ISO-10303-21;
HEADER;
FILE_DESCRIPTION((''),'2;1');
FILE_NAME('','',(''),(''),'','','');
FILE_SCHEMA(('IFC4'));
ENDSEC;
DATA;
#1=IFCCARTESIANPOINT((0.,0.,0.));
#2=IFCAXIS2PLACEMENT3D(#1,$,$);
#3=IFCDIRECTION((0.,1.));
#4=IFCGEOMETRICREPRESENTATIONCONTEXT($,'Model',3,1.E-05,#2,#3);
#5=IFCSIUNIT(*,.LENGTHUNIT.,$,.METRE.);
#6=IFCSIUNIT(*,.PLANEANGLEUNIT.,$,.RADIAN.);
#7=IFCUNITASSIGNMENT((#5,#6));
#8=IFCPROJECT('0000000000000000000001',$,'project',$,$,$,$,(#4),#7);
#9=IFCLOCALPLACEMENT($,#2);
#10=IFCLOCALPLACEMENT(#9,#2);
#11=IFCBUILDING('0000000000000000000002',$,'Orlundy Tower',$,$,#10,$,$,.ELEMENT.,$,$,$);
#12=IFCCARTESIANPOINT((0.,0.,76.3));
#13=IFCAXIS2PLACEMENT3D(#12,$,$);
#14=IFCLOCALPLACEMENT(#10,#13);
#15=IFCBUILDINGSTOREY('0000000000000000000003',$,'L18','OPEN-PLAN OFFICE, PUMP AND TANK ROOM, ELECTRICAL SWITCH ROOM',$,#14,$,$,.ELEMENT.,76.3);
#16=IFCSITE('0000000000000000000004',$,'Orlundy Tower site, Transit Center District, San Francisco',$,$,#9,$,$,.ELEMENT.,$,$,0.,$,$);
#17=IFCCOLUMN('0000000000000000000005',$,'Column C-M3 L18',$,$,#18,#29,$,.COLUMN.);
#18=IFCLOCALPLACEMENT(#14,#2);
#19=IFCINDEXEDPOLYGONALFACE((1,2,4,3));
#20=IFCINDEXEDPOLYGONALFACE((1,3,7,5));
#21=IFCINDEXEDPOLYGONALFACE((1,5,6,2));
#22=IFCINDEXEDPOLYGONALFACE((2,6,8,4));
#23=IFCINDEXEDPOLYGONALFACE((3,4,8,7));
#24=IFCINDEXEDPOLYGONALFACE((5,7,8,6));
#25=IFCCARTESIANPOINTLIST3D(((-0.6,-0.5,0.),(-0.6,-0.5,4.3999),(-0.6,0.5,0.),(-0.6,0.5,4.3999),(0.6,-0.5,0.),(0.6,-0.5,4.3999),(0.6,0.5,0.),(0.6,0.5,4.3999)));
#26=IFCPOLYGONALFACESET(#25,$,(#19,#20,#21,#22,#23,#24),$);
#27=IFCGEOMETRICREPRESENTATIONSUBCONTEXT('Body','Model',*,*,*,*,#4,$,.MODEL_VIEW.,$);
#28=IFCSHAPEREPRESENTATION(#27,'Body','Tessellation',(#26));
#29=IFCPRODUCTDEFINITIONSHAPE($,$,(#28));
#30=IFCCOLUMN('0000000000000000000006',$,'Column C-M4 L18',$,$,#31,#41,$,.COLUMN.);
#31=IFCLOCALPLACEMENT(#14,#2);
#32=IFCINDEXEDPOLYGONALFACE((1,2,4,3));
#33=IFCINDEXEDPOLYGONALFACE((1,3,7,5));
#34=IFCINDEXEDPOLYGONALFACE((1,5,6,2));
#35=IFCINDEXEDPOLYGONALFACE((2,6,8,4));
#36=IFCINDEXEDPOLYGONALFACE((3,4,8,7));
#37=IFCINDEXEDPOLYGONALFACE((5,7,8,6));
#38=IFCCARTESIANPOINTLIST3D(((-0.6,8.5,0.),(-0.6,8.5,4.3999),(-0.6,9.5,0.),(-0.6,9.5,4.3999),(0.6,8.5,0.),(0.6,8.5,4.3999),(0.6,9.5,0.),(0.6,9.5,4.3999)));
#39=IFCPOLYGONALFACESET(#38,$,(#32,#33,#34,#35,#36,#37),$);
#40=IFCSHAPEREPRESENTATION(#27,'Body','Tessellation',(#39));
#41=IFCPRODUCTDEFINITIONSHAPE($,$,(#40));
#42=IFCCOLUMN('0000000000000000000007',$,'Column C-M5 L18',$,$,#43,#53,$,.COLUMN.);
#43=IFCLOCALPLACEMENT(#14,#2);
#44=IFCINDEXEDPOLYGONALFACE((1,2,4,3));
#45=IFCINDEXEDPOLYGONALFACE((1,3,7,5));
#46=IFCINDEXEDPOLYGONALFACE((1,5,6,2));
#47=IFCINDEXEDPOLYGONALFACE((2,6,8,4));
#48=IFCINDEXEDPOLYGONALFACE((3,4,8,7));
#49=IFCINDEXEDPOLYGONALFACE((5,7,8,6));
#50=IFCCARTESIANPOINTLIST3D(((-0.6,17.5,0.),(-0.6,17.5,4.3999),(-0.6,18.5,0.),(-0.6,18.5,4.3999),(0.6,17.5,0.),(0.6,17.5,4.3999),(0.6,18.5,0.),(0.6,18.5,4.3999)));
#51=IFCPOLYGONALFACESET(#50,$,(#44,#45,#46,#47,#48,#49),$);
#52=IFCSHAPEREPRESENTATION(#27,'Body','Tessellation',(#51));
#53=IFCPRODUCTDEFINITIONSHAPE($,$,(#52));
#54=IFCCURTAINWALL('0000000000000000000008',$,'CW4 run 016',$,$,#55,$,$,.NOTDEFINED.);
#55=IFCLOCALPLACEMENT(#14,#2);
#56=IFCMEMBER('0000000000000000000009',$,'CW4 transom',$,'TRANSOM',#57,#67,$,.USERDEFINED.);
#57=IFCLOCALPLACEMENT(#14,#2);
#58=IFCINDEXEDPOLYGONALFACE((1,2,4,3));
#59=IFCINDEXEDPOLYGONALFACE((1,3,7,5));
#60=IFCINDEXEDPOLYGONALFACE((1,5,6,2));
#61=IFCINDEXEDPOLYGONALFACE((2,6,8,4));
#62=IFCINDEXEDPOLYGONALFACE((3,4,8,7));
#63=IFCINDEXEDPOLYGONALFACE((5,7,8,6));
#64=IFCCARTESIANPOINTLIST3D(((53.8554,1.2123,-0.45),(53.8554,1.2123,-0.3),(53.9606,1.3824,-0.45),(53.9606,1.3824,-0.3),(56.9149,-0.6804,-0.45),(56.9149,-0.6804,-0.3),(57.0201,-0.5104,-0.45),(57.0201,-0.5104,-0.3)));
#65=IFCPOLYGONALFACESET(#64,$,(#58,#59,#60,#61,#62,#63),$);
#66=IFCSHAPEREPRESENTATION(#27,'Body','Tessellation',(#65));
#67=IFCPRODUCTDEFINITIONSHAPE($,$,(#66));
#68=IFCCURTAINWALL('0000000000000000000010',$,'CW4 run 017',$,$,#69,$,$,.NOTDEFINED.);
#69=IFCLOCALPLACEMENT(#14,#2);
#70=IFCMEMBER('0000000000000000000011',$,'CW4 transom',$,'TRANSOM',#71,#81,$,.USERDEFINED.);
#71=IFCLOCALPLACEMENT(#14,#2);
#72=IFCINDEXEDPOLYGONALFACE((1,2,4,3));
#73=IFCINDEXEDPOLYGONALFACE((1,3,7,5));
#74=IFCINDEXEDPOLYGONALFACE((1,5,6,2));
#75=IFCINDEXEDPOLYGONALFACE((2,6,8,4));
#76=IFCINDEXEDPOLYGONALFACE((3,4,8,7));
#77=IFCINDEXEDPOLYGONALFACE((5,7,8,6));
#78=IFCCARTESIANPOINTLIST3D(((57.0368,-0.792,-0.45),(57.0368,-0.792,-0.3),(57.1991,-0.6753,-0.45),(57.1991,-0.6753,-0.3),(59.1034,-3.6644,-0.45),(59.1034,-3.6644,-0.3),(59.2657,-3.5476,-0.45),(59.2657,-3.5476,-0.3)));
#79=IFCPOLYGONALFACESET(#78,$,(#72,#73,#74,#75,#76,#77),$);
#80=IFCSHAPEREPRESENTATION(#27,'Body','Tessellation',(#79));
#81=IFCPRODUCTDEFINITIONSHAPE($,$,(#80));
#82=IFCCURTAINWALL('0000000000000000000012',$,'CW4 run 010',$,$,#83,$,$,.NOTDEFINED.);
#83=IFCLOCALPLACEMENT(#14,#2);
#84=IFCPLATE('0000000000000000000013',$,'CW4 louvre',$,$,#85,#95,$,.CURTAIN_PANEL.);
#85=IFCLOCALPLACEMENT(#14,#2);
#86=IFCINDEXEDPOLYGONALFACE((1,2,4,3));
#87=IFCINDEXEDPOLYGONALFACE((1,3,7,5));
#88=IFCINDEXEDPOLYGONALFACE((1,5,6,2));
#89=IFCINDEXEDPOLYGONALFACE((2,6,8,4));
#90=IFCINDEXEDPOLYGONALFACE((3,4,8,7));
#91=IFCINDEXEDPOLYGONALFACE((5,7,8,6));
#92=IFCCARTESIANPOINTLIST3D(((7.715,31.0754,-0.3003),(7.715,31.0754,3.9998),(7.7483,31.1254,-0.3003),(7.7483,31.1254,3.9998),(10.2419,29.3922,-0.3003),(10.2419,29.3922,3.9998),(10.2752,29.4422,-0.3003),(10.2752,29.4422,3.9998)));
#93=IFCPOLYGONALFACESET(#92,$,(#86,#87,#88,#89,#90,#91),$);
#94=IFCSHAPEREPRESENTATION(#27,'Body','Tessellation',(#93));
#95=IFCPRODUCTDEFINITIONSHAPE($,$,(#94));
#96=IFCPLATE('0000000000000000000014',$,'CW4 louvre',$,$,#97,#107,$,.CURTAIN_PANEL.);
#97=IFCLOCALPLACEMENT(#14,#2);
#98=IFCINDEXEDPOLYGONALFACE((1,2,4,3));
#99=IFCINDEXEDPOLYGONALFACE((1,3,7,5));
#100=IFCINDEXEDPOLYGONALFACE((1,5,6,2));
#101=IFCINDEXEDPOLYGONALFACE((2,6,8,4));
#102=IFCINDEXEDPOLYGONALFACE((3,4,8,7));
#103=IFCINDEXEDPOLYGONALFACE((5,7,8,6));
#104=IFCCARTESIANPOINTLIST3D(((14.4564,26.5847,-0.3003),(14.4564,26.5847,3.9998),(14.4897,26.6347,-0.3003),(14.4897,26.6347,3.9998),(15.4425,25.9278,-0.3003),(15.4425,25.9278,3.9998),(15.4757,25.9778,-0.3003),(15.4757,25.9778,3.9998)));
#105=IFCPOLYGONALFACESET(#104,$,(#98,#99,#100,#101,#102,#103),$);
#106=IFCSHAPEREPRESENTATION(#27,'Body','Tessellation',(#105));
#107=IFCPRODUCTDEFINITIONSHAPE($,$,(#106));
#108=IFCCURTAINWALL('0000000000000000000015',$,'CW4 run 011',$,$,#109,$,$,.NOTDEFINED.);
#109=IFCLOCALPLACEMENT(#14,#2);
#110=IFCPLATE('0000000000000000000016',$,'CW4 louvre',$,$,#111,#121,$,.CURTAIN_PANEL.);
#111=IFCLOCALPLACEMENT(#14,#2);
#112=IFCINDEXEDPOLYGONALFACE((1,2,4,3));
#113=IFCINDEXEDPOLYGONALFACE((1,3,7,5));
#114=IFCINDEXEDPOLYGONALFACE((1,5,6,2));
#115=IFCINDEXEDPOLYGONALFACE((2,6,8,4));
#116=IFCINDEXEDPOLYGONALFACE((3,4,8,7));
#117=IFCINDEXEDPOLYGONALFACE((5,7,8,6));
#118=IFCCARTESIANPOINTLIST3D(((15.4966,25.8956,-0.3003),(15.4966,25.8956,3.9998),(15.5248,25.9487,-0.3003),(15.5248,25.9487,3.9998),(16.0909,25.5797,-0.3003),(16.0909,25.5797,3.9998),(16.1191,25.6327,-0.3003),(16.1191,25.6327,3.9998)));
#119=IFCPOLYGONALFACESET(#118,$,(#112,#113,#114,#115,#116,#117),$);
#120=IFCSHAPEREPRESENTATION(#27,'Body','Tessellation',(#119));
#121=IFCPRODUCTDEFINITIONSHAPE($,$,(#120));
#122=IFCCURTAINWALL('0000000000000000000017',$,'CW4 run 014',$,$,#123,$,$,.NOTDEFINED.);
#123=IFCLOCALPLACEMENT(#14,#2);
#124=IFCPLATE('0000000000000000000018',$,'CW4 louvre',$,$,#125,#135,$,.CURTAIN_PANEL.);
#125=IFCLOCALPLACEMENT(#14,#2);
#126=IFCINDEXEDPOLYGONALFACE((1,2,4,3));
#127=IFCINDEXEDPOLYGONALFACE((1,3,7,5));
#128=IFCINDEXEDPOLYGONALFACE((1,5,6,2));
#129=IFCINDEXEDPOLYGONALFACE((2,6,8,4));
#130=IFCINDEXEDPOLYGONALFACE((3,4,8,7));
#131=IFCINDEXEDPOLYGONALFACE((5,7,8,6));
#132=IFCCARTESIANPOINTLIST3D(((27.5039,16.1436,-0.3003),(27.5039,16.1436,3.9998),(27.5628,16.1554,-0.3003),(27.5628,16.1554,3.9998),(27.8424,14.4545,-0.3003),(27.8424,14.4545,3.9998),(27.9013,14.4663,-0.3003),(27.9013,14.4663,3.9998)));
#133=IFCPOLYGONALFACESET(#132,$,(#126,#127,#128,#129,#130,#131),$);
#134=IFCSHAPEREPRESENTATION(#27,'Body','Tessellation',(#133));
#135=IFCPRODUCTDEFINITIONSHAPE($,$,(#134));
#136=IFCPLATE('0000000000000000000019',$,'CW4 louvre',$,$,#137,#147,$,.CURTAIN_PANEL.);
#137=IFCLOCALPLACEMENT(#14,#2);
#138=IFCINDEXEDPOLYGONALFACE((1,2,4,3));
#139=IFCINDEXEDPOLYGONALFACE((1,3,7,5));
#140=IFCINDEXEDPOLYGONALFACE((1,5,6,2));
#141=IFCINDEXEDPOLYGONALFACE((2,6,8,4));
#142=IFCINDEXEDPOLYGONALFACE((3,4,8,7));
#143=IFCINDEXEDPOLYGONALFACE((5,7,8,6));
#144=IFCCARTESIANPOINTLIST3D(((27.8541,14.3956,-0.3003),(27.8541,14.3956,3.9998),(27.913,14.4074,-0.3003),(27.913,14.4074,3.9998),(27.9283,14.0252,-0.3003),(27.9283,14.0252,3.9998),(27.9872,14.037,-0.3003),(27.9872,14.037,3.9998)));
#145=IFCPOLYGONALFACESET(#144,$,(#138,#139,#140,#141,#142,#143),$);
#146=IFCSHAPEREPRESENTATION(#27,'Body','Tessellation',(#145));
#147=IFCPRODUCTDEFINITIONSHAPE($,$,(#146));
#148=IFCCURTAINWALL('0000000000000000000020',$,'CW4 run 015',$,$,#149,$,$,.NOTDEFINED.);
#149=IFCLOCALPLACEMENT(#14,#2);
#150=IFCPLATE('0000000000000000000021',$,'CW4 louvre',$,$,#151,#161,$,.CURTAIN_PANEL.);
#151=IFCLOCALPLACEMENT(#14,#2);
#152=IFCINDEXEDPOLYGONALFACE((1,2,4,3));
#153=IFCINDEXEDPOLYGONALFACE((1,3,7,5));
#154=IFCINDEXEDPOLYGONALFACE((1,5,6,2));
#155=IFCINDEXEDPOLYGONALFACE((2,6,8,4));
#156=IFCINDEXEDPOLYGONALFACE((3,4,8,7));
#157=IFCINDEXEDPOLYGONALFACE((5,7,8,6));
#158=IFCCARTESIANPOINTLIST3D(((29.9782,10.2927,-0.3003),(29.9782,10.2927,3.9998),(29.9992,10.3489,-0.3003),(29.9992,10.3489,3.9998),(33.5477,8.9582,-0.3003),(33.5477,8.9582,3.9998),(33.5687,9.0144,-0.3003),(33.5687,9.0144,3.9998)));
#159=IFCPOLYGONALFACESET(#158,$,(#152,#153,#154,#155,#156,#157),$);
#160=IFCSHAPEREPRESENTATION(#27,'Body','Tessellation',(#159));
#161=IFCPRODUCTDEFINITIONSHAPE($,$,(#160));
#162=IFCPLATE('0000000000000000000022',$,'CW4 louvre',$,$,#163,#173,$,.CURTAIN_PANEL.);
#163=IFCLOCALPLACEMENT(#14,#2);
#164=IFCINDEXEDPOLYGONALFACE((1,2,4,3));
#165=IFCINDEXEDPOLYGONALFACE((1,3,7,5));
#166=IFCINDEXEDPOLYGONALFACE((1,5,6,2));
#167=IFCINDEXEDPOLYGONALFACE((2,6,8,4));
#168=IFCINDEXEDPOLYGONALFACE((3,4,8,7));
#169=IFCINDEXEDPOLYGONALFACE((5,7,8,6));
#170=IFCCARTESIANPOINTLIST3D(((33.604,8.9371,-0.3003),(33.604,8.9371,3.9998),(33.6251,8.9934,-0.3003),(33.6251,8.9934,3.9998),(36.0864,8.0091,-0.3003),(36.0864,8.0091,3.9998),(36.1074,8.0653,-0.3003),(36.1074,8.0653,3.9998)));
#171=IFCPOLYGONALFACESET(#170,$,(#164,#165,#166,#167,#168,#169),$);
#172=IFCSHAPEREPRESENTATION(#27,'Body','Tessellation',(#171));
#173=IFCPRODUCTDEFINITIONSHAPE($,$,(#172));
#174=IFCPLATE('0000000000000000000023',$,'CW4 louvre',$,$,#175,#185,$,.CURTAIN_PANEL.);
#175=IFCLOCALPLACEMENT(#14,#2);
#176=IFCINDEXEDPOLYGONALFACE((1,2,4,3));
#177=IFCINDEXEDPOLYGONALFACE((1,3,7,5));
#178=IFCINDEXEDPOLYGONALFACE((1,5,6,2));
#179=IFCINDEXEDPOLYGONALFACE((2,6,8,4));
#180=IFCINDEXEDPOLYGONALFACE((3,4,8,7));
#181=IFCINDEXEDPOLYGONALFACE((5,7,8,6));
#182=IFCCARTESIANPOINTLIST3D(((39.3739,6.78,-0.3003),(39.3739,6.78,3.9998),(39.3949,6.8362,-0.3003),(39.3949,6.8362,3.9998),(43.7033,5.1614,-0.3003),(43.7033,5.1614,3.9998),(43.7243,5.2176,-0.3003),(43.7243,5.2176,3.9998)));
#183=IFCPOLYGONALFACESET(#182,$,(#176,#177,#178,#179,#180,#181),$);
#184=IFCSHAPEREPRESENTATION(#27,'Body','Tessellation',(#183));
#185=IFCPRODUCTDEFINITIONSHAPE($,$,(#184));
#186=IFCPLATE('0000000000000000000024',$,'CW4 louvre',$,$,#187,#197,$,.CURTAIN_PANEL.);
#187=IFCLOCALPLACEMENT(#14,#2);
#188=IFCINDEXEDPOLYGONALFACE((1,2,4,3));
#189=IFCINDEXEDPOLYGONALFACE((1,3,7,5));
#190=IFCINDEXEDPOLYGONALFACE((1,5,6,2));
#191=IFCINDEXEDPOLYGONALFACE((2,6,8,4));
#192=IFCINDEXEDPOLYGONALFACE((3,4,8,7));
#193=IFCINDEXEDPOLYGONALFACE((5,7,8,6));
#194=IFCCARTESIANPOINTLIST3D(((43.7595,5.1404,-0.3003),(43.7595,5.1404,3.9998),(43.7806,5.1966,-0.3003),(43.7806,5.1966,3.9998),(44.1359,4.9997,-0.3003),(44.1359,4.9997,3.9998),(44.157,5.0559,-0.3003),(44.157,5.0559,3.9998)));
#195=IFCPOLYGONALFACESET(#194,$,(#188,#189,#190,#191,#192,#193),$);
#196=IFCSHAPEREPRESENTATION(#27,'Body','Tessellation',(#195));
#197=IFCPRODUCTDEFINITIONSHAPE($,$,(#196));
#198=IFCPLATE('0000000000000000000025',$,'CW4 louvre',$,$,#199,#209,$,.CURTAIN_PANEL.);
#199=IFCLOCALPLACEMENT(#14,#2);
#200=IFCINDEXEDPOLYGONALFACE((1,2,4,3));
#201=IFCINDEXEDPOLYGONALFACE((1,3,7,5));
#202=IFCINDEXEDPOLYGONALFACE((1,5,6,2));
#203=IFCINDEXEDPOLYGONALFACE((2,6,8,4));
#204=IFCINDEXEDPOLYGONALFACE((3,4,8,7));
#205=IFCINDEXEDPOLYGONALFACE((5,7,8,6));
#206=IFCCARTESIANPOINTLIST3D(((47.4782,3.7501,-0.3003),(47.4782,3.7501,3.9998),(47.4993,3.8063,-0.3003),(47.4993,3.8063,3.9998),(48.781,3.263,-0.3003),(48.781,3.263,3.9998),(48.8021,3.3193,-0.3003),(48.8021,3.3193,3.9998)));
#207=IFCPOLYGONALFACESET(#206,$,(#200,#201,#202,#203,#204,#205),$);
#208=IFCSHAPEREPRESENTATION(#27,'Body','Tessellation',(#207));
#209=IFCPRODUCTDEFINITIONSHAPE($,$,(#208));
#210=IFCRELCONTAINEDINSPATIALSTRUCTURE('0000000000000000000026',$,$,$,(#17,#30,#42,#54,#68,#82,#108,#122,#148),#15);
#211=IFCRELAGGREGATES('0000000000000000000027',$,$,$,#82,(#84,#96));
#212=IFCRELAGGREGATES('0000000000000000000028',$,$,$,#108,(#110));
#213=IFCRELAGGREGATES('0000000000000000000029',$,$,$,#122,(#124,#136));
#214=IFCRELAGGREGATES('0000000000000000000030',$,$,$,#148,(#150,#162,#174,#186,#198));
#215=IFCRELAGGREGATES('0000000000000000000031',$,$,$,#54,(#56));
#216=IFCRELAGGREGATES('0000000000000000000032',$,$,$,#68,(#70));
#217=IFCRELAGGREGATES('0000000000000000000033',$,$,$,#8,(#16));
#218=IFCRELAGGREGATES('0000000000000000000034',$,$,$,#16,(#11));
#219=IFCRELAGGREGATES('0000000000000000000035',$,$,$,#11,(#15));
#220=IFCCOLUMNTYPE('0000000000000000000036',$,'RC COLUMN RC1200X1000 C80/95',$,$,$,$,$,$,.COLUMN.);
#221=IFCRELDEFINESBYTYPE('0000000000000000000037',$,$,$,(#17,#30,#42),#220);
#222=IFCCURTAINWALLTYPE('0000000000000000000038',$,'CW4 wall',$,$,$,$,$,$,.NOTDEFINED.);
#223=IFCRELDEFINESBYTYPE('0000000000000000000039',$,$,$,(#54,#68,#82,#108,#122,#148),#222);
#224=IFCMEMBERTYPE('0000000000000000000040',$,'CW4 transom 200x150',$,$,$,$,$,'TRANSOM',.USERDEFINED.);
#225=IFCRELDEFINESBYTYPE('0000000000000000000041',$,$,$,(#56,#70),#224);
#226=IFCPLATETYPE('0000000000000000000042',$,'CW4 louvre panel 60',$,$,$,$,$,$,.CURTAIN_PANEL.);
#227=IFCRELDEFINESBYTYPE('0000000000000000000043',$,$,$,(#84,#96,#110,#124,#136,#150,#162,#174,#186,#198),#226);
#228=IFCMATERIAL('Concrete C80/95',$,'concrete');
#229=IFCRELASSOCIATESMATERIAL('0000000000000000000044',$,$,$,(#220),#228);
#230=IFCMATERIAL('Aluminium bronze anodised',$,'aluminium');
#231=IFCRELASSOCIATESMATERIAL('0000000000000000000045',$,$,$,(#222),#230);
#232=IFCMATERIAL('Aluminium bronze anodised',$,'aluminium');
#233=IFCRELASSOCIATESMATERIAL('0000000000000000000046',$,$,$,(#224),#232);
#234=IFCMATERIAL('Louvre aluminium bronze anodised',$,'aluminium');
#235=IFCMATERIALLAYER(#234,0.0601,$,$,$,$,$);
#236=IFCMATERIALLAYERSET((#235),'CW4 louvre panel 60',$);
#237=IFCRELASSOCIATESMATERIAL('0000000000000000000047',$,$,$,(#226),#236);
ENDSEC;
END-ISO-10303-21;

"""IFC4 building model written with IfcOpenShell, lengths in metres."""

from ifc_helpers import new_model, si_unit, direction, frame, origin, origin_2d, place, context, subcontext, project, spatial, rectangle, extrude, material, layer, layer_set, material_profile, profile_set, type_object, element, aggregate, save


model = new_model("IFC4")

# Units and contexts
model_context = context("Model", 3, precision=1e-05, world=origin(), true_north=direction((0.0, 1.0)))
body_context = subcontext(model_context, "Body", "Model", "MODEL_VIEW")
ifc_project = project(units=[si_unit("LENGTHUNIT", "METRE"), si_unit("PLANEANGLEUNIT", "RADIAN")], contexts=[model_context])

# Site, building, storey
site_placement = place(None, origin())
site = spatial("IfcSite", under=ifc_project, at=site_placement, Name="Orlundy Tower site, Transit Center District, San Francisco", CompositionType="ELEMENT", RefElevation=0.0)
building_placement = place(site_placement, origin())
building = spatial("IfcBuilding", under=site, at=building_placement, Name="Orlundy Tower", CompositionType="ELEMENT")
storey_placement = place(building_placement, frame((0.0, 0.0, 76.3)))
storey = spatial("IfcBuildingStorey", under=building, at=storey_placement, Name="L18", Description="OPEN-PLAN OFFICE, PUMP AND TANK ROOM, ELECTRICAL SWITCH ROOM", CompositionType="ELEMENT", Elevation=76.3)

# Columns
ifc_material_1 = material(Name="Concrete C80/95", Category="concrete")
ifc_material_profile_1 = material_profile(ifc_material_1, rectangle(XDim=1.2, YDim=1.0, at=origin_2d()), Name="RC1200X1000")
ifc_profile_set_1 = profile_set([ifc_material_profile_1], Name="Concrete C80/95")
column_type = type_object("IfcColumnType", Name="RC COLUMN RC1200X1000 C80/95", PredefinedType="COLUMN", material=ifc_profile_set_1)
for number, where, z_axis, x_axis, name in (
    (1, (0.0, 0.0, 0.0), (0.0, 0.0, 1.0), (1.0, 0.0, 0.0), "Column C-M3 L18"),
    (2, (0.0, 9.0, 0.0), (0.0, 0.0, 1.0), (1.0, 0.0, 0.0), "Column C-M4 L18"),
    (3, (0.0, 18.0, 0.0), (0.0, 0.0, 1.0), (1.0, 0.0, 0.0), "Column C-M5 L18"),
):
    element("IfcColumn", number, at=place(storey_placement, frame(where, z_axis=z_axis, x_axis=x_axis)), inside=storey, type_object=column_type, Name=name, PredefinedType="COLUMN", context=body_context, shape_type="SweptSolid", body=[
        extrude(rectangle(XDim=1.2, YDim=1.0, at=origin_2d()), origin(), (0.0, 0.0, 1.0), 4.3999),
    ])

# Curtain walls, members
ifc_material_2 = material(Name="Aluminium bronze anodised", Category="aluminium")
curtain_wall_type = type_object("IfcCurtainWallType", Name="CW4 wall", PredefinedType="NOTDEFINED", material=ifc_material_2)
curtain_wall_1_placement = place(storey_placement, origin())
curtain_wall_1 = element("IfcCurtainWall", 4, at=curtain_wall_1_placement, inside=storey, type_object=curtain_wall_type, Name="CW4 run 016", PredefinedType="NOTDEFINED")
ifc_material_3 = material(Name="Aluminium bronze anodised", Category="aluminium")
ifc_material_profile_2 = material_profile(ifc_material_3, rectangle(XDim=0.2, YDim=0.1499, at=origin_2d()), Name="CW4 transom 200x150")
ifc_profile_set_2 = profile_set([ifc_material_profile_2], Name="Aluminium bronze anodised")
member_type = type_object("IfcMemberType", Name="CW4 transom 200x150", ElementType="TRANSOM", PredefinedType="USERDEFINED", material=ifc_profile_set_2)
member_1_placement = place(storey_placement, frame((53.908, 1.2974, -0.375), z_axis=(0.850414, -0.526114, 0.0), x_axis=(0.526114, 0.850414, 0.0)))
member_1 = element("IfcMember", 5, at=member_1_placement, type_object=member_type, Name="CW4 transom", ObjectType="TRANSOM", PredefinedType="USERDEFINED", context=body_context, shape_type="SweptSolid", body=[
    extrude(rectangle(XDim=0.2, YDim=0.1499, at=origin_2d()), origin(), (0.0, 0.0, 1.0), 3.5977),
])
curtain_wall_2_placement = place(storey_placement, origin())
curtain_wall_2 = element("IfcCurtainWall", 6, at=curtain_wall_2_placement, inside=storey, type_object=curtain_wall_type, Name="CW4 run 017", PredefinedType="NOTDEFINED")
member_2_placement = place(storey_placement, frame((57.1179, -0.7336, -0.375), z_axis=(0.584041, -0.811724, 0.0), x_axis=(0.811724, 0.584041, 0.0)))
member_2 = element("IfcMember", 7, at=member_2_placement, type_object=member_type, Name="CW4 transom", ObjectType="TRANSOM", PredefinedType="USERDEFINED", context=body_context, shape_type="SweptSolid", body=[
    extrude(rectangle(XDim=0.2, YDim=0.1499, at=origin_2d()), origin(), (0.0, 0.0, 1.0), 3.5386),
])

# Curtain wall, plates
curtain_wall_3_placement = place(storey_placement, origin())
curtain_wall_3 = element("IfcCurtainWall", 8, at=curtain_wall_3_placement, inside=storey, type_object=curtain_wall_type, Name="CW4 run 010", PredefinedType="NOTDEFINED")
ifc_material_4 = material(Name="Louvre aluminium bronze anodised", Category="aluminium")
ifc_layer_1 = layer(ifc_material_4, 0.0601)
ifc_layer_set_1 = layer_set([ifc_layer_1], Name="CW4 louvre panel 60")
plate_type = type_object("IfcPlateType", Name="CW4 louvre panel 60", PredefinedType="CURTAIN_PANEL", material=ifc_layer_set_1)
plate_1_placement = place(storey_placement, frame((8.9951, 30.2588, -0.3003), z_axis=(0.0, 0.0, 1.0), x_axis=(0.832261, -0.554384, 0.0)))
plate_1 = element("IfcPlate", 9, at=plate_1_placement, type_object=plate_type, Name="CW4 louvre", PredefinedType="CURTAIN_PANEL", context=body_context, shape_type="SweptSolid", body=[
    extrude(rectangle(XDim=3.0361, YDim=0.0601, at=origin_2d()), origin(), (0.0, 0.0, 1.0), 4.3),
])
plate_2_placement = place(storey_placement, frame((14.9661, 26.2812, -0.3003), z_axis=(0.0, 0.0, 1.0), x_axis=(0.832261, -0.554384, 0.0)))
plate_2 = element("IfcPlate", 10, at=plate_2_placement, type_object=plate_type, Name="CW4 louvre", PredefinedType="CURTAIN_PANEL", context=body_context, shape_type="SweptSolid", body=[
    extrude(rectangle(XDim=1.1848, YDim=0.0601, at=origin_2d()), origin(), (0.0, 0.0, 1.0), 4.3),
])
aggregate(curtain_wall_3, [plate_1, plate_2])

# Curtain wall, plate
curtain_wall_4_placement = place(storey_placement, origin())
curtain_wall_4 = element("IfcCurtainWall", 11, at=curtain_wall_4_placement, inside=storey, type_object=curtain_wall_type, Name="CW4 run 011", PredefinedType="NOTDEFINED")
plate_3_placement = place(storey_placement, frame((15.8079, 25.7642, -0.3003), z_axis=(0.0, 0.0, 1.0), x_axis=(0.882977, -0.469416, 0.0)))
plate_3 = element("IfcPlate", 12, at=plate_3_placement, type_object=plate_type, Name="CW4 louvre", PredefinedType="CURTAIN_PANEL", context=body_context, shape_type="SweptSolid", body=[
    extrude(rectangle(XDim=0.6731, YDim=0.0601, at=origin_2d()), origin(), (0.0, 0.0, 1.0), 4.3),
])
aggregate(curtain_wall_4, [plate_3])

# Curtain walls, plates
curtain_wall_5_placement = place(storey_placement, origin())
curtain_wall_5 = element("IfcCurtainWall", 13, at=curtain_wall_5_placement, inside=storey, type_object=curtain_wall_type, Name="CW4 run 014", PredefinedType="NOTDEFINED")
plate_4_placement = place(storey_placement, frame((27.7026, 15.3049, -0.3003), z_axis=(0.0, 0.0, 1.0), x_axis=(0.1965, -0.980504, 0.0)))
plate_4 = element("IfcPlate", 14, at=plate_4_placement, type_object=plate_type, Name="CW4 louvre", PredefinedType="CURTAIN_PANEL", context=body_context, shape_type="SweptSolid", body=[
    extrude(rectangle(XDim=1.7227, YDim=0.0601, at=origin_2d()), origin(), (0.0, 0.0, 1.0), 4.3),
])
plate_5_placement = place(storey_placement, frame((27.9207, 14.2163, -0.3003), z_axis=(0.0, 0.0, 1.0), x_axis=(0.1965, -0.980504, 0.0)))
plate_5 = element("IfcPlate", 15, at=plate_5_placement, type_object=plate_type, Name="CW4 louvre", PredefinedType="CURTAIN_PANEL", context=body_context, shape_type="SweptSolid", body=[
    extrude(rectangle(XDim=0.3777, YDim=0.0601, at=origin_2d()), origin(), (0.0, 0.0, 1.0), 4.3),
])
aggregate(curtain_wall_5, [plate_4, plate_5])
curtain_wall_6_placement = place(storey_placement, origin())
curtain_wall_6 = element("IfcCurtainWall", 16, at=curtain_wall_6_placement, inside=storey, type_object=curtain_wall_type, Name="CW4 run 015", PredefinedType="NOTDEFINED")
plate_6_placement = place(storey_placement, frame((31.7734, 9.6536, -0.3003), z_axis=(0.0, 0.0, 1.0), x_axis=(0.936679, -0.350189, 0.0)))
plate_6 = element("IfcPlate", 17, at=plate_6_placement, type_object=plate_type, Name="CW4 louvre", PredefinedType="CURTAIN_PANEL", context=body_context, shape_type="SweptSolid", body=[
    extrude(rectangle(XDim=3.8108, YDim=0.0601, at=origin_2d()), origin(), (0.0, 0.0, 1.0), 4.3),
])
plate_7_placement = place(storey_placement, frame((34.8557, 8.5012, -0.3003), z_axis=(0.0, 0.0, 1.0), x_axis=(0.936679, -0.350189, 0.0)))
plate_7 = element("IfcPlate", 18, at=plate_7_placement, type_object=plate_type, Name="CW4 louvre", PredefinedType="CURTAIN_PANEL", context=body_context, shape_type="SweptSolid", body=[
    extrude(rectangle(XDim=2.6501, YDim=0.0601, at=origin_2d()), origin(), (0.0, 0.0, 1.0), 4.3),
])
plate_8_placement = place(storey_placement, frame((41.5491, 5.9988, -0.3003), z_axis=(0.0, 0.0, 1.0), x_axis=(0.936679, -0.350189, 0.0)))
plate_8 = element("IfcPlate", 19, at=plate_8_placement, type_object=plate_type, Name="CW4 louvre", PredefinedType="CURTAIN_PANEL", context=body_context, shape_type="SweptSolid", body=[
    extrude(rectangle(XDim=4.6221, YDim=0.0601, at=origin_2d()), origin(), (0.0, 0.0, 1.0), 4.3),
])
plate_9_placement = place(storey_placement, frame((43.9583, 5.0981, -0.3003), z_axis=(0.0, 0.0, 1.0), x_axis=(0.936679, -0.350189, 0.0)))
plate_9 = element("IfcPlate", 20, at=plate_9_placement, type_object=plate_type, Name="CW4 louvre", PredefinedType="CURTAIN_PANEL", context=body_context, shape_type="SweptSolid", body=[
    extrude(rectangle(XDim=0.4019, YDim=0.0601, at=origin_2d()), origin(), (0.0, 0.0, 1.0), 4.3),
])
plate_10_placement = place(storey_placement, frame((48.1401, 3.5347, -0.3003), z_axis=(0.0, 0.0, 1.0), x_axis=(0.936679, -0.350189, 0.0)))
plate_10 = element("IfcPlate", 21, at=plate_10_placement, type_object=plate_type, Name="CW4 louvre", PredefinedType="CURTAIN_PANEL", context=body_context, shape_type="SweptSolid", body=[
    extrude(rectangle(XDim=1.3909, YDim=0.0601, at=origin_2d()), origin(), (0.0, 0.0, 1.0), 4.3),
])
aggregate(curtain_wall_6, [plate_6, plate_7, plate_8, plate_9, plate_10])

aggregate(curtain_wall_1, [member_1])
aggregate(curtain_wall_2, [member_2])

save(model, "model.ifc")
